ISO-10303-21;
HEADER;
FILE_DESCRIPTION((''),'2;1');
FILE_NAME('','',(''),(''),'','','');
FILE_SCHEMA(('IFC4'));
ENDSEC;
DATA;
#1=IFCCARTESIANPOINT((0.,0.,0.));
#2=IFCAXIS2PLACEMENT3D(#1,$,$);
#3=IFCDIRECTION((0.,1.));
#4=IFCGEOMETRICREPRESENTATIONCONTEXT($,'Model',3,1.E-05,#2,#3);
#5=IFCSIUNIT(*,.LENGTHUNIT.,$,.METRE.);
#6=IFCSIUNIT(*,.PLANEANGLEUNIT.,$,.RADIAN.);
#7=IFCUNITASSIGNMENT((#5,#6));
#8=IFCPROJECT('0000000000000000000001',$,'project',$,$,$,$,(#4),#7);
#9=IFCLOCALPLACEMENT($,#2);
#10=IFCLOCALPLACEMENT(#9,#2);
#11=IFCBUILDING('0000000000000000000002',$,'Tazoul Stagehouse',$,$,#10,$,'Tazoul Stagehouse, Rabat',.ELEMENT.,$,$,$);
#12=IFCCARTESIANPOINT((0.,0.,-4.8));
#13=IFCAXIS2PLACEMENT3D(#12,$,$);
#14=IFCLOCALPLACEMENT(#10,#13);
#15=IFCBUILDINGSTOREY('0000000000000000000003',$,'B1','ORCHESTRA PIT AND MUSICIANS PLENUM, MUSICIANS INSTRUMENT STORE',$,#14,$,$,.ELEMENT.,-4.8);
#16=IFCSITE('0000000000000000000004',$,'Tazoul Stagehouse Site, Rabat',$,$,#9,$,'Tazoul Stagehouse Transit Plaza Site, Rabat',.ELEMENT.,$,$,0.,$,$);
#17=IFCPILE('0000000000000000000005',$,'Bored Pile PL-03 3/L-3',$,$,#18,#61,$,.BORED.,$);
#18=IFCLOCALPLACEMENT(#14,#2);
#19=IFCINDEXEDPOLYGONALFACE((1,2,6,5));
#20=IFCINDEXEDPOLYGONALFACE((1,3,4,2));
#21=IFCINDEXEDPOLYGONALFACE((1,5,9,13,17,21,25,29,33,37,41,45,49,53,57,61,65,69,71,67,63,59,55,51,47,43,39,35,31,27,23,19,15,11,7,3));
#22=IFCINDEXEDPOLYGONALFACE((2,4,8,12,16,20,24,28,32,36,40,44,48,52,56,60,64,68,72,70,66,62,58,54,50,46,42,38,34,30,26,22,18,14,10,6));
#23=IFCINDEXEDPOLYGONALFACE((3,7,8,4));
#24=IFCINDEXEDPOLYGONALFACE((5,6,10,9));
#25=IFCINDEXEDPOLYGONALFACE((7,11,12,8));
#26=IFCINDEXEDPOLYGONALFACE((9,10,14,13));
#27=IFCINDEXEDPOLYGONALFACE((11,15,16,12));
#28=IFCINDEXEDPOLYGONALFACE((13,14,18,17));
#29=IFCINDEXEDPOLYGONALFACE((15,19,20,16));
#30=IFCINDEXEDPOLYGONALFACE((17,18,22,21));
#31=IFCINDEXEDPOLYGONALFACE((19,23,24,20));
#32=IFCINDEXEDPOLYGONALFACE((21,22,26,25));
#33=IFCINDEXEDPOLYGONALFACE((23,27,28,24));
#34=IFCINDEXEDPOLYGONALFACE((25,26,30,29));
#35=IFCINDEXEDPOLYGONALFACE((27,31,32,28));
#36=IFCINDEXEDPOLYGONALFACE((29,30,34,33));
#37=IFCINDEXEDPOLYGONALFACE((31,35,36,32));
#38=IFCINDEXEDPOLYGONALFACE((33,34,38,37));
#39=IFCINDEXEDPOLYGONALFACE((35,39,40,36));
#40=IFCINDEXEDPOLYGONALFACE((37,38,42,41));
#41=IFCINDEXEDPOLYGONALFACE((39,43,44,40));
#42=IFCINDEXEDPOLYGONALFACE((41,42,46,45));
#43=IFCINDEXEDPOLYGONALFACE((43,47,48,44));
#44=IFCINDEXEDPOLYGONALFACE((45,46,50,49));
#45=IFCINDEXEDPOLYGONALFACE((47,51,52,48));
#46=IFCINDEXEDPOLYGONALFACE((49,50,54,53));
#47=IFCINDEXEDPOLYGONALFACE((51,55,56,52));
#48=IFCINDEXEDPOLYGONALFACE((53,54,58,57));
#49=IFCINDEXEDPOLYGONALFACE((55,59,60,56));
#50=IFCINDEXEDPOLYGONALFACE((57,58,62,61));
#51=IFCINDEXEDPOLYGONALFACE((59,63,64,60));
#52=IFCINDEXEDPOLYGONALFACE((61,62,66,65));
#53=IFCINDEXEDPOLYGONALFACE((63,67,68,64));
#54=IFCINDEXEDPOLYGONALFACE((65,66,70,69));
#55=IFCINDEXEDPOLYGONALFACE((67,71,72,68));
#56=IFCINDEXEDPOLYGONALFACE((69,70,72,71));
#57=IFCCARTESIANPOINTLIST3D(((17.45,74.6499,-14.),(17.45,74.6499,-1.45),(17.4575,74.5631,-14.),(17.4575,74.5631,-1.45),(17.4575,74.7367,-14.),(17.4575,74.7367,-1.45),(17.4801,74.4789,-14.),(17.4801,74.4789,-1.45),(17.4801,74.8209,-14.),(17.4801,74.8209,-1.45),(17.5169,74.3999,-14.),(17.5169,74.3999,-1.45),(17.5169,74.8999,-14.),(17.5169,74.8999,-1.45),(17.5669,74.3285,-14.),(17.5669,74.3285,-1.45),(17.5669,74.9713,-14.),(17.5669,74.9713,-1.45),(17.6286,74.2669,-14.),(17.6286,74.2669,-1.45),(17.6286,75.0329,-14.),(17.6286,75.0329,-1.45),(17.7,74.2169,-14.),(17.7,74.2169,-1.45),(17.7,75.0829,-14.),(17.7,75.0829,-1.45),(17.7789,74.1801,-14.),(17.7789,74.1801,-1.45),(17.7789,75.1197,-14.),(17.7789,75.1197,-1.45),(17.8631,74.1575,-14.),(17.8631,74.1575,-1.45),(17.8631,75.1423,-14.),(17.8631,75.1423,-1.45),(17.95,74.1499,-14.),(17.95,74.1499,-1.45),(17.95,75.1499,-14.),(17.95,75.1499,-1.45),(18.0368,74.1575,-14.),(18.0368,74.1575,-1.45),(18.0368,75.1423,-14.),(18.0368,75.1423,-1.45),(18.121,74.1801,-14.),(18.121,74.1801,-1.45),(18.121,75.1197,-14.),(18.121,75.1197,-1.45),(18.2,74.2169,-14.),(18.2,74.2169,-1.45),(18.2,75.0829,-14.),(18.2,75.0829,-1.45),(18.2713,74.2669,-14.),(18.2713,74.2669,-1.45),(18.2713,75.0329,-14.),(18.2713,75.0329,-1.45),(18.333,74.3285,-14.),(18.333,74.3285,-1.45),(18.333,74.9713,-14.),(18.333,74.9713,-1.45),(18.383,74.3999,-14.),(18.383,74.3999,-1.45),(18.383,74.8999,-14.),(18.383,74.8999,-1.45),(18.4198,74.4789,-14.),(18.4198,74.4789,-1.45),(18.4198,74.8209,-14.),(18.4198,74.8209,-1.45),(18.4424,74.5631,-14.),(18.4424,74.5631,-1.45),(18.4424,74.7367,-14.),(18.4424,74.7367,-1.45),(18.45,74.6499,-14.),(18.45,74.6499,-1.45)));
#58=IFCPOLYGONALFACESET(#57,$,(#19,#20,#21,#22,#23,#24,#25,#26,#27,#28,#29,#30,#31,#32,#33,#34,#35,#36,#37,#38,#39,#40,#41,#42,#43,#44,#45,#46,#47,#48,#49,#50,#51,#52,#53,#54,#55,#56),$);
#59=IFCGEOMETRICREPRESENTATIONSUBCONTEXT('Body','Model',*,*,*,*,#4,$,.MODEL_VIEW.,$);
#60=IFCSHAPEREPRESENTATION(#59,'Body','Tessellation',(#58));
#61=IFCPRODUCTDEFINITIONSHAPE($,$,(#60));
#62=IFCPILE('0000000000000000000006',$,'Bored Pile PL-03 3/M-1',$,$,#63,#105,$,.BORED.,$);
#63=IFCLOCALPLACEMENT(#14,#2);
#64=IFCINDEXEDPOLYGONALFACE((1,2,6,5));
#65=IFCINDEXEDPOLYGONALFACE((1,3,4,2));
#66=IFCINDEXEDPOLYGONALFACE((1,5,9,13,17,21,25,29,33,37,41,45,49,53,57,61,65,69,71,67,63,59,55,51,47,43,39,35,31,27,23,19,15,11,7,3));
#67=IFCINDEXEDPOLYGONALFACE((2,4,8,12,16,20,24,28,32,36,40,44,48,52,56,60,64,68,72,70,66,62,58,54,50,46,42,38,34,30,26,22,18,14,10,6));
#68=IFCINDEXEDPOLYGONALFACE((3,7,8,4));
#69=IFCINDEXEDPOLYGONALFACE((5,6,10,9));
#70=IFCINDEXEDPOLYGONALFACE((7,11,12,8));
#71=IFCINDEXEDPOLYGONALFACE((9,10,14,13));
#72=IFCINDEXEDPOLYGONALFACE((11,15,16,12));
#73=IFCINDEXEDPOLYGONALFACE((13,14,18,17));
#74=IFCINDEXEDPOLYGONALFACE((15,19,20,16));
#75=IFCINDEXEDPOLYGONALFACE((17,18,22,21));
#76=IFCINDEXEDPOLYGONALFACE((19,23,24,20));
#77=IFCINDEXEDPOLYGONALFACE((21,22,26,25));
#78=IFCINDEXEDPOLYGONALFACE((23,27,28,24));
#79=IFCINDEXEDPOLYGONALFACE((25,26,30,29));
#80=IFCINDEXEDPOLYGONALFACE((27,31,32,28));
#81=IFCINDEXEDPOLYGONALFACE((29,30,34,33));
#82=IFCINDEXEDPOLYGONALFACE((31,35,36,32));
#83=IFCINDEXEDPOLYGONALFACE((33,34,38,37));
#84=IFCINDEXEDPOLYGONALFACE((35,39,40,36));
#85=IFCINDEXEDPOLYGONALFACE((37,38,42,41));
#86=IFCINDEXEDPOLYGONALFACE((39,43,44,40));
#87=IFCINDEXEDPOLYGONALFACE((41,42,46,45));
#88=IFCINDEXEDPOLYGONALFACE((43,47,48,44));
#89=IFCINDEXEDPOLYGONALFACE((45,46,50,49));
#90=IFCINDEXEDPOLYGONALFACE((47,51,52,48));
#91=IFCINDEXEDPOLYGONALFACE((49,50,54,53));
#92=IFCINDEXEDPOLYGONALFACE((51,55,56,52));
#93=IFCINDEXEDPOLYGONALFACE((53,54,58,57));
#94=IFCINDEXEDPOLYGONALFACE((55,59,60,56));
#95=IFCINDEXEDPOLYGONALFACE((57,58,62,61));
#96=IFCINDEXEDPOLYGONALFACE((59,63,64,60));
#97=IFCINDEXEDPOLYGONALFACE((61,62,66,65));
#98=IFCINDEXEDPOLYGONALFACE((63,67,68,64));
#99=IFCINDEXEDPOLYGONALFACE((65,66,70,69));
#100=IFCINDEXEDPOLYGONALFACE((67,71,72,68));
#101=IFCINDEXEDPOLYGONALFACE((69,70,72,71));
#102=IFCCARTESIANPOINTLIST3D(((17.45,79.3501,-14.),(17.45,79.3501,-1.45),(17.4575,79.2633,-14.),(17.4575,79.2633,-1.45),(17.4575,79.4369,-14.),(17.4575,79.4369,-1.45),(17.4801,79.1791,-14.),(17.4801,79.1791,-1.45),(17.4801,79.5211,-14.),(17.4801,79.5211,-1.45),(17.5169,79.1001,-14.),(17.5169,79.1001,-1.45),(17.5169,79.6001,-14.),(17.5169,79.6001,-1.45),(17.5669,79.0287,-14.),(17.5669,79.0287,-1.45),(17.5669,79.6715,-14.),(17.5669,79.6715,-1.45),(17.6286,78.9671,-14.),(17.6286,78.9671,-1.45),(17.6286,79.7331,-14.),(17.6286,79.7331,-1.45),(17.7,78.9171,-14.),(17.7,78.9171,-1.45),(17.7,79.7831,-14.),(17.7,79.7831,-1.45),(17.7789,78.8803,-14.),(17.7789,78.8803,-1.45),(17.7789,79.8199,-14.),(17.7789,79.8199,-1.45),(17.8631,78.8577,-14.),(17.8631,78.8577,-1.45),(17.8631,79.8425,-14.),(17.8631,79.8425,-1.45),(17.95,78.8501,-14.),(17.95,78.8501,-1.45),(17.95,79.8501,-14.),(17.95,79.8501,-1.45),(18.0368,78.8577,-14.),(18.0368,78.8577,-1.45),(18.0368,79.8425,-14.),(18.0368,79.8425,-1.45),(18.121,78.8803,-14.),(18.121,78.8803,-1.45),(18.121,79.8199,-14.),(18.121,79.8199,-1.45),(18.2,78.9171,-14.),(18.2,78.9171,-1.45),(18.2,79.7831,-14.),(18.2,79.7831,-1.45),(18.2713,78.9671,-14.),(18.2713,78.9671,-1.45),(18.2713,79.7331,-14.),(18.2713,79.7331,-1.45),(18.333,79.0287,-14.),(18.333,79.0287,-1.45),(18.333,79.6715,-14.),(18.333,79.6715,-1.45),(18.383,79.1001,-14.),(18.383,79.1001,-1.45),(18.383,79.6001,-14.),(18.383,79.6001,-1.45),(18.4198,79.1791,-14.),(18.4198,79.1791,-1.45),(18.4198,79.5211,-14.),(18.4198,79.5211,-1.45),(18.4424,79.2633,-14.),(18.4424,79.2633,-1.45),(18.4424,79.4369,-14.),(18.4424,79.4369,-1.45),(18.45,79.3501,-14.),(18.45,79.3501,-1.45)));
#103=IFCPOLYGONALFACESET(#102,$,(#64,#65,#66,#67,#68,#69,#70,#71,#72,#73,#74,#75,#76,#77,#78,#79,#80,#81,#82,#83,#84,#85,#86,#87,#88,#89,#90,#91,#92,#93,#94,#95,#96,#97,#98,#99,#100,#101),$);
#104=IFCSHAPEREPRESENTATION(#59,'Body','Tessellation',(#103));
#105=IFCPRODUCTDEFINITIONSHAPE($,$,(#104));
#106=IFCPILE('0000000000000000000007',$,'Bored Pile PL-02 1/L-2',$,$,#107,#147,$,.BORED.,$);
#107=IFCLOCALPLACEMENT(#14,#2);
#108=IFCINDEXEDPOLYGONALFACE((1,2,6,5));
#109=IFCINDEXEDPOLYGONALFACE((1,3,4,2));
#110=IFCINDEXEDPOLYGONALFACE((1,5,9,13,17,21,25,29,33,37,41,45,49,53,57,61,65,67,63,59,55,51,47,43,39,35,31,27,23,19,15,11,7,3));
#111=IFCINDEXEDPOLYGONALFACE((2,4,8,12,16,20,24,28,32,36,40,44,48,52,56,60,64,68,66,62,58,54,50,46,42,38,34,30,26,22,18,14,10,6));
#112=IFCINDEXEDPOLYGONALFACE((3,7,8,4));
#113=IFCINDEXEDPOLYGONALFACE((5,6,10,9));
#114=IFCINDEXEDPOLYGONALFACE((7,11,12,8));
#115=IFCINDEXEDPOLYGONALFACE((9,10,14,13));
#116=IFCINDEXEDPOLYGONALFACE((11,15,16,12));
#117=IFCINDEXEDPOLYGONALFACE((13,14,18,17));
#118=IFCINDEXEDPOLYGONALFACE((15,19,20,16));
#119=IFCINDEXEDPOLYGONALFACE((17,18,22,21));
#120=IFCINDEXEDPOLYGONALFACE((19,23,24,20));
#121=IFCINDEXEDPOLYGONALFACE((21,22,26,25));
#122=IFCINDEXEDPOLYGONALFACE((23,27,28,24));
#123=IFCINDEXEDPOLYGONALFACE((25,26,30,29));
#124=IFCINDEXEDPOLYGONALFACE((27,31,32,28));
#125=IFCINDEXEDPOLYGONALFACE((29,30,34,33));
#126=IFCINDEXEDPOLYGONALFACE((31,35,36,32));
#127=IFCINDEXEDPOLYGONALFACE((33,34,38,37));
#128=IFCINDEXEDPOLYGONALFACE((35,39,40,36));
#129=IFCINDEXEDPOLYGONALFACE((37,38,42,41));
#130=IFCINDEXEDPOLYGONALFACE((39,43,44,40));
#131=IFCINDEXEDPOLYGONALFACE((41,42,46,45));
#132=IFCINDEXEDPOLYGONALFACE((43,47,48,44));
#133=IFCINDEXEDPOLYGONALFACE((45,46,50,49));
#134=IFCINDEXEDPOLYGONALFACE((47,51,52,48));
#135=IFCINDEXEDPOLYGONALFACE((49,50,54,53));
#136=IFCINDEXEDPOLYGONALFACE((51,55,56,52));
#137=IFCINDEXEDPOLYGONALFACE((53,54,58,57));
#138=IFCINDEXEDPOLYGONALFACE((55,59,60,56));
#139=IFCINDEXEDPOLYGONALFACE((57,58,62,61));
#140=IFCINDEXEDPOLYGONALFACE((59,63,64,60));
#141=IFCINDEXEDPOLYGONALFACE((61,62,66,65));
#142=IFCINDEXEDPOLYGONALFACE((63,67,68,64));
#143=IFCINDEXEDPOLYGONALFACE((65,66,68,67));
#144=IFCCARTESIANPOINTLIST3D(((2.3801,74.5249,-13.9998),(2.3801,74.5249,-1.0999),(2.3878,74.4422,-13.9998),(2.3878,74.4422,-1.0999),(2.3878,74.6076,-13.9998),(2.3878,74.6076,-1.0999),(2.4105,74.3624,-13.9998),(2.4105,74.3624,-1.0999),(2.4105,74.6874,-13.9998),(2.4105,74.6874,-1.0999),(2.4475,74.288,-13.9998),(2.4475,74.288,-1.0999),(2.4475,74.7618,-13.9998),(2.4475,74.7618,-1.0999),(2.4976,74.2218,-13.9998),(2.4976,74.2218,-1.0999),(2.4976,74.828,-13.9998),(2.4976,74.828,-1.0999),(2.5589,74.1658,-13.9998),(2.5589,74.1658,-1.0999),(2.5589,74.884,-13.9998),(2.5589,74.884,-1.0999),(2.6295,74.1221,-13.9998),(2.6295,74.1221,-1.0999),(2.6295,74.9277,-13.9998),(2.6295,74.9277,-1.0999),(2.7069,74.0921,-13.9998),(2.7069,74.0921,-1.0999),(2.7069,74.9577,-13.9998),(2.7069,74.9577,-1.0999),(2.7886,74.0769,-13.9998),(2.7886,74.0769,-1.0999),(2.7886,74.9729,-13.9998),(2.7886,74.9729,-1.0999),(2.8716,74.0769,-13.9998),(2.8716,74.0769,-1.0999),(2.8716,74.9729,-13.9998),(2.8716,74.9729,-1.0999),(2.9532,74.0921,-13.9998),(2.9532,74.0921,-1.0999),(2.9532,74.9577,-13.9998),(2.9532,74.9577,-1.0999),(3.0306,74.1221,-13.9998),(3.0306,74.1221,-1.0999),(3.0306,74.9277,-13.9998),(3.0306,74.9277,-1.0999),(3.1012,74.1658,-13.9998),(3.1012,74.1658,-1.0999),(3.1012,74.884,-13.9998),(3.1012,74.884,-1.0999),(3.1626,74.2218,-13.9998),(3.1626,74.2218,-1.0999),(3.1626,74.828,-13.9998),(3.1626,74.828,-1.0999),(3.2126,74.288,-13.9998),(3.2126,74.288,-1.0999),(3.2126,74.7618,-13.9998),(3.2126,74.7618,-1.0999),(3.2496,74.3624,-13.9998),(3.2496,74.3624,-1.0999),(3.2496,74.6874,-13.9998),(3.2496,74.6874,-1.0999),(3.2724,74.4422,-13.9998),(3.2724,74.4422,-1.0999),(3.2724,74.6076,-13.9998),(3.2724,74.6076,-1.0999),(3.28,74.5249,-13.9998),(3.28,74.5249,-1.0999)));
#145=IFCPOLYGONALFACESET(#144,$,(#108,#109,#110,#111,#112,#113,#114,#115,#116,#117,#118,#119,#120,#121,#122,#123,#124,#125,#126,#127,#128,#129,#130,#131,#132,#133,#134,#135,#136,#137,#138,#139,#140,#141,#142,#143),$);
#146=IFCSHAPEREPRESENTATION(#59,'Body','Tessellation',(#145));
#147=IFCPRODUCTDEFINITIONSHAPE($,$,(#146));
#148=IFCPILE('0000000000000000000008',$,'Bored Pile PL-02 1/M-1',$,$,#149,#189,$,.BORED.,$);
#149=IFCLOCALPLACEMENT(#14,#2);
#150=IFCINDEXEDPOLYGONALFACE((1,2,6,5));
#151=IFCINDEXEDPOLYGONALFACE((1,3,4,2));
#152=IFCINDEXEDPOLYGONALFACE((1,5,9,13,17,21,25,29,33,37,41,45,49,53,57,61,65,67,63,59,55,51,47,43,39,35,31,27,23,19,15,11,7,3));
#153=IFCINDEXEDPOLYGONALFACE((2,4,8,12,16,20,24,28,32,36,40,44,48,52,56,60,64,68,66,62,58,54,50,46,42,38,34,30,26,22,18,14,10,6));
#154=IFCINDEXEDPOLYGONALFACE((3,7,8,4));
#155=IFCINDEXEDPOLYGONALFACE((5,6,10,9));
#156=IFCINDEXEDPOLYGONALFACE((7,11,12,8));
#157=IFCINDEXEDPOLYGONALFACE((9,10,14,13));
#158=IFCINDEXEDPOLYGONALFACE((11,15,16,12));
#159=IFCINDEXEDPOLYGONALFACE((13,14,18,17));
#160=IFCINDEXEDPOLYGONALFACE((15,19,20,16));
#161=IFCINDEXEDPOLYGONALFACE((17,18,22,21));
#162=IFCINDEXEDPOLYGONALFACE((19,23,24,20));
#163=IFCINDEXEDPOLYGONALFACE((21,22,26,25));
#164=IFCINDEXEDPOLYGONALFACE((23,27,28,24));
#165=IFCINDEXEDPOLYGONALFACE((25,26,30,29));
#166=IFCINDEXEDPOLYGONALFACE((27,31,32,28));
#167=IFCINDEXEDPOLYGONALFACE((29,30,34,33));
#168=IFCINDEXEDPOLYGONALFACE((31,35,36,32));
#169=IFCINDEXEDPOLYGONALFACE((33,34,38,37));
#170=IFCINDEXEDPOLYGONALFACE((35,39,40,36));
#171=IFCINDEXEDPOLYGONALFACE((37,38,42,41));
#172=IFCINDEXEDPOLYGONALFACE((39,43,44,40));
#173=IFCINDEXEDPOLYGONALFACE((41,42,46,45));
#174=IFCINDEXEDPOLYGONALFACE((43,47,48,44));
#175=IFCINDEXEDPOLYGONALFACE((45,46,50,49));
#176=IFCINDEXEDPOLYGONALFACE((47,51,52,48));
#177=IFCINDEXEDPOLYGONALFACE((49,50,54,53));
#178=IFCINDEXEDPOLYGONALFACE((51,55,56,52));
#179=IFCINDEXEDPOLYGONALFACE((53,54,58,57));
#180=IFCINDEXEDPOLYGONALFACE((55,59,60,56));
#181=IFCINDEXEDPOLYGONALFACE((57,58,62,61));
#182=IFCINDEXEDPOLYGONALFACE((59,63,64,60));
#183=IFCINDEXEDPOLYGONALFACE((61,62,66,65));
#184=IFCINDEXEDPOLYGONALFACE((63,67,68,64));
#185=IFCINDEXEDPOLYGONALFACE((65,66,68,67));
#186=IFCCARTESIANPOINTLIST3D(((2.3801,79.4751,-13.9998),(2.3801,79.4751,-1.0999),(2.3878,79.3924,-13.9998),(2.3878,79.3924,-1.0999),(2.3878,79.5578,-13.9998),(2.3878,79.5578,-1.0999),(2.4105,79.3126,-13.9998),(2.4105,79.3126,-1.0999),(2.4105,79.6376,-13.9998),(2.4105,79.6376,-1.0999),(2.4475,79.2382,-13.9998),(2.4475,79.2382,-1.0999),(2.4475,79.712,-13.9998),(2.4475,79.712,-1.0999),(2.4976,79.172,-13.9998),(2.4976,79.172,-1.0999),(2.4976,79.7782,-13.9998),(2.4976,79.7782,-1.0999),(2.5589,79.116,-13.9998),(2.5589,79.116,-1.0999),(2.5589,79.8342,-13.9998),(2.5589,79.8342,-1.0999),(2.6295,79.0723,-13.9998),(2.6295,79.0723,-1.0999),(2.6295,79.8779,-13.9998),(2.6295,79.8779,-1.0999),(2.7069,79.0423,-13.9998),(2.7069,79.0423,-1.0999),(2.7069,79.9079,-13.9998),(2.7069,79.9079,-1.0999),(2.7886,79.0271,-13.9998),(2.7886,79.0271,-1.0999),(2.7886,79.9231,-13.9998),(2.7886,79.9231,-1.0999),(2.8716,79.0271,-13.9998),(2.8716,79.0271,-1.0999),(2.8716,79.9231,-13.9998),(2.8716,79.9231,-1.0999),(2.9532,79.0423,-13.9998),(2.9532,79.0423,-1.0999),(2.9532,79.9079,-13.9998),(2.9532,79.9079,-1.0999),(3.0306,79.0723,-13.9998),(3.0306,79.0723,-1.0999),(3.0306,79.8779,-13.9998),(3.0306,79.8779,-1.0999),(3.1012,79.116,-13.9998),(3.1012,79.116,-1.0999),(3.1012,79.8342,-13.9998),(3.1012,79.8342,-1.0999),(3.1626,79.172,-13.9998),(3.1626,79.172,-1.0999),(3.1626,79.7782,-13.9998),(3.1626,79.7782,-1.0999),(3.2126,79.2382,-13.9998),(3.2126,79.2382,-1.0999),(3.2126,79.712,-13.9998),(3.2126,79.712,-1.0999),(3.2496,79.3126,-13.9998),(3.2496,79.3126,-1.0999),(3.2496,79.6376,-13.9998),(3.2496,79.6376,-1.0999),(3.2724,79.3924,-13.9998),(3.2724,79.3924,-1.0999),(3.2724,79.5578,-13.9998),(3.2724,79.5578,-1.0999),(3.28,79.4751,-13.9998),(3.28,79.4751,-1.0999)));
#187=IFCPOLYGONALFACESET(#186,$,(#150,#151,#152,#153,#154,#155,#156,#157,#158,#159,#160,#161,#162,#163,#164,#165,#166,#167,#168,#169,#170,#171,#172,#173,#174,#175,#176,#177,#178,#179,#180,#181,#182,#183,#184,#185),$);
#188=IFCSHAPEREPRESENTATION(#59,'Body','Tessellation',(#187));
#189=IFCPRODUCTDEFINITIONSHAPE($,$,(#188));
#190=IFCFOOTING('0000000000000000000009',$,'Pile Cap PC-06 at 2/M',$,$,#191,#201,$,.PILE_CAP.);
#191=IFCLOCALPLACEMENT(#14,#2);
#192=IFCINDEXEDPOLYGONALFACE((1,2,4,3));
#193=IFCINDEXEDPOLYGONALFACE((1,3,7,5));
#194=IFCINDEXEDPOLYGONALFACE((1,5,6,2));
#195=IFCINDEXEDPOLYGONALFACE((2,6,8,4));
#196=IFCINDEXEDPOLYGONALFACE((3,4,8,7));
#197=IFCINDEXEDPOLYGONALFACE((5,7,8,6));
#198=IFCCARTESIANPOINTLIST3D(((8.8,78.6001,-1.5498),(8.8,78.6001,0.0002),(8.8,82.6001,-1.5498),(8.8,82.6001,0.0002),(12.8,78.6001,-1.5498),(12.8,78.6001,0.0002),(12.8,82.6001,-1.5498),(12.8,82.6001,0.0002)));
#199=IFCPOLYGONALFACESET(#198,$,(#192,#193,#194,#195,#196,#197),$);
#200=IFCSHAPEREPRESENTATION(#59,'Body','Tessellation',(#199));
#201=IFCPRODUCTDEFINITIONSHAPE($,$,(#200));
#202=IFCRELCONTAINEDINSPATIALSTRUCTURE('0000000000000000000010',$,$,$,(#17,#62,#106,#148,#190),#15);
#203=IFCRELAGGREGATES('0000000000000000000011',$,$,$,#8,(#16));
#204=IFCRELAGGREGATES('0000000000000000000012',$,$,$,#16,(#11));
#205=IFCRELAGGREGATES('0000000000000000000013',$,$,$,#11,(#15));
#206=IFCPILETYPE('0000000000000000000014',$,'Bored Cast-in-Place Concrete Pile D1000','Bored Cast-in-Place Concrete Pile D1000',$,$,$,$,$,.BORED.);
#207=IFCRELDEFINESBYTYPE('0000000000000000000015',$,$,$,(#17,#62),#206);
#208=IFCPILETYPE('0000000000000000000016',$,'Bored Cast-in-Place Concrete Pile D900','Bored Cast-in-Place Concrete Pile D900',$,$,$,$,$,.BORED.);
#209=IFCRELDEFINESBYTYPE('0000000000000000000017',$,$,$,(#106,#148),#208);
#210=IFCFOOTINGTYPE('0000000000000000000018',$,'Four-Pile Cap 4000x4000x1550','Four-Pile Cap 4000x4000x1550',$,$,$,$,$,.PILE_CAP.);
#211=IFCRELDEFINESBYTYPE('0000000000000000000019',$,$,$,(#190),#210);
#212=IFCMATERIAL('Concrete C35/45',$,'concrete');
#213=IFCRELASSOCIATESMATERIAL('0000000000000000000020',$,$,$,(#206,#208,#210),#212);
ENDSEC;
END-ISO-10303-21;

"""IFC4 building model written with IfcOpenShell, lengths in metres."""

from ifc_helpers import new_model, si_unit, direction, frame, origin, origin_2d, place, context, subcontext, project, spatial, rectangle, circle, extrude, material, material_profile, profile_set, type_object, element, save


model = new_model("IFC4")

# Units and contexts
model_context = context("Model", 3, precision=1e-05, world=origin(), true_north=direction((0.0, 1.0)))
body_context = subcontext(model_context, "Body", "Model", "MODEL_VIEW")
ifc_project = project(units=[si_unit("LENGTHUNIT", "METRE"), si_unit("PLANEANGLEUNIT", "RADIAN")], contexts=[model_context])

# Site, building, storey
site_placement = place(None, origin())
site = spatial("IfcSite", under=ifc_project, at=site_placement, Name="Tazoul Stagehouse Site, Rabat", LongName="Tazoul Stagehouse Transit Plaza Site, Rabat", CompositionType="ELEMENT", RefElevation=0.0)
building_placement = place(site_placement, origin())
building = spatial("IfcBuilding", under=site, at=building_placement, Name="Tazoul Stagehouse", LongName="Tazoul Stagehouse, Rabat", CompositionType="ELEMENT")
storey_placement = place(building_placement, frame((0.0, 0.0, -4.8)))
storey = spatial("IfcBuildingStorey", under=building, at=storey_placement, Name="B1", Description="ORCHESTRA PIT AND MUSICIANS PLENUM, MUSICIANS INSTRUMENT STORE", CompositionType="ELEMENT", Elevation=-4.8)

# Piles
ifc_material_1 = material(Name="Concrete C35/45", Category="concrete")
ifc_material_profile_1 = material_profile(ifc_material_1, circle(Radius=0.5, at=origin_2d()), Name="BORED PILE 1000")
ifc_profile_set_1 = profile_set([ifc_material_profile_1], Name="Concrete C35/45")
pile_type_1 = type_object("IfcPileType", Name="Bored Cast-in-Place Concrete Pile D1000", Description="Bored Cast-in-Place Concrete Pile D1000", PredefinedType="BORED", material=ifc_profile_set_1)
for number, where, z_axis, x_axis, name in (
    (1, (17.95, 74.6499, -1.45), (0.0, 0.0, -1.0), (1.0, 0.0, 0.0), "Bored Pile PL-03 3/L-3"),
    (2, (17.95, 79.3501, -1.45), (0.0, 0.0, -1.0), (1.0, 0.0, 0.0), "Bored Pile PL-03 3/M-1"),
):
    element("IfcPile", number, at=place(storey_placement, frame(where, z_axis=z_axis, x_axis=x_axis)), inside=storey, type_object=pile_type_1, Name=name, PredefinedType="BORED", context=body_context, shape_type="SweptSolid", body=[
        extrude(circle(Radius=0.5, at=origin_2d()), origin(), (0.0, 0.0, 1.0), 12.55),
    ])
ifc_material_profile_2 = material_profile(ifc_material_1, circle(Radius=0.45, at=origin_2d()), Name="BORED PILE 900")
ifc_profile_set_2 = profile_set([ifc_material_profile_2], Name="Concrete C35/45")
pile_type_2 = type_object("IfcPileType", Name="Bored Cast-in-Place Concrete Pile D900", Description="Bored Cast-in-Place Concrete Pile D900", PredefinedType="BORED", material=ifc_profile_set_2)
for number, where, z_axis, x_axis, name in (
    (3, (2.8301, 74.5249, -1.0999), (0.0, 0.0, -1.0), (1.0, 0.0, 0.0), "Bored Pile PL-02 1/L-2"),
    (4, (2.8301, 79.4751, -1.0999), (0.0, 0.0, -1.0), (1.0, 0.0, 0.0), "Bored Pile PL-02 1/M-1"),
):
    element("IfcPile", number, at=place(storey_placement, frame(where, z_axis=z_axis, x_axis=x_axis)), inside=storey, type_object=pile_type_2, Name=name, PredefinedType="BORED", context=body_context, shape_type="SweptSolid", body=[
        extrude(circle(Radius=0.45, at=origin_2d()), origin(), (0.0, 0.0, 1.0), 12.8999),
    ])

# Footing
footing_type_1 = type_object("IfcFootingType", Name="Four-Pile Cap 4000x4000x1550", Description="Four-Pile Cap 4000x4000x1550", PredefinedType="PILE_CAP", material=ifc_material_1)
footing_1_placement = place(storey_placement, frame((10.8, 80.6001, -1.5498), z_axis=(0.0, 0.0, 1.0), x_axis=(1.0, 0.0, 0.0)))
element("IfcFooting", 5, at=footing_1_placement, inside=storey, type_object=footing_type_1, Name="Pile Cap PC-06 at 2/M", PredefinedType="PILE_CAP", context=body_context, shape_type="SweptSolid", body=[
    extrude(rectangle(XDim=4.0, YDim=4.0, at=origin_2d()), origin(), (0.0, 0.0, 1.0), 1.55),
])

save(model, "model.ifc")
